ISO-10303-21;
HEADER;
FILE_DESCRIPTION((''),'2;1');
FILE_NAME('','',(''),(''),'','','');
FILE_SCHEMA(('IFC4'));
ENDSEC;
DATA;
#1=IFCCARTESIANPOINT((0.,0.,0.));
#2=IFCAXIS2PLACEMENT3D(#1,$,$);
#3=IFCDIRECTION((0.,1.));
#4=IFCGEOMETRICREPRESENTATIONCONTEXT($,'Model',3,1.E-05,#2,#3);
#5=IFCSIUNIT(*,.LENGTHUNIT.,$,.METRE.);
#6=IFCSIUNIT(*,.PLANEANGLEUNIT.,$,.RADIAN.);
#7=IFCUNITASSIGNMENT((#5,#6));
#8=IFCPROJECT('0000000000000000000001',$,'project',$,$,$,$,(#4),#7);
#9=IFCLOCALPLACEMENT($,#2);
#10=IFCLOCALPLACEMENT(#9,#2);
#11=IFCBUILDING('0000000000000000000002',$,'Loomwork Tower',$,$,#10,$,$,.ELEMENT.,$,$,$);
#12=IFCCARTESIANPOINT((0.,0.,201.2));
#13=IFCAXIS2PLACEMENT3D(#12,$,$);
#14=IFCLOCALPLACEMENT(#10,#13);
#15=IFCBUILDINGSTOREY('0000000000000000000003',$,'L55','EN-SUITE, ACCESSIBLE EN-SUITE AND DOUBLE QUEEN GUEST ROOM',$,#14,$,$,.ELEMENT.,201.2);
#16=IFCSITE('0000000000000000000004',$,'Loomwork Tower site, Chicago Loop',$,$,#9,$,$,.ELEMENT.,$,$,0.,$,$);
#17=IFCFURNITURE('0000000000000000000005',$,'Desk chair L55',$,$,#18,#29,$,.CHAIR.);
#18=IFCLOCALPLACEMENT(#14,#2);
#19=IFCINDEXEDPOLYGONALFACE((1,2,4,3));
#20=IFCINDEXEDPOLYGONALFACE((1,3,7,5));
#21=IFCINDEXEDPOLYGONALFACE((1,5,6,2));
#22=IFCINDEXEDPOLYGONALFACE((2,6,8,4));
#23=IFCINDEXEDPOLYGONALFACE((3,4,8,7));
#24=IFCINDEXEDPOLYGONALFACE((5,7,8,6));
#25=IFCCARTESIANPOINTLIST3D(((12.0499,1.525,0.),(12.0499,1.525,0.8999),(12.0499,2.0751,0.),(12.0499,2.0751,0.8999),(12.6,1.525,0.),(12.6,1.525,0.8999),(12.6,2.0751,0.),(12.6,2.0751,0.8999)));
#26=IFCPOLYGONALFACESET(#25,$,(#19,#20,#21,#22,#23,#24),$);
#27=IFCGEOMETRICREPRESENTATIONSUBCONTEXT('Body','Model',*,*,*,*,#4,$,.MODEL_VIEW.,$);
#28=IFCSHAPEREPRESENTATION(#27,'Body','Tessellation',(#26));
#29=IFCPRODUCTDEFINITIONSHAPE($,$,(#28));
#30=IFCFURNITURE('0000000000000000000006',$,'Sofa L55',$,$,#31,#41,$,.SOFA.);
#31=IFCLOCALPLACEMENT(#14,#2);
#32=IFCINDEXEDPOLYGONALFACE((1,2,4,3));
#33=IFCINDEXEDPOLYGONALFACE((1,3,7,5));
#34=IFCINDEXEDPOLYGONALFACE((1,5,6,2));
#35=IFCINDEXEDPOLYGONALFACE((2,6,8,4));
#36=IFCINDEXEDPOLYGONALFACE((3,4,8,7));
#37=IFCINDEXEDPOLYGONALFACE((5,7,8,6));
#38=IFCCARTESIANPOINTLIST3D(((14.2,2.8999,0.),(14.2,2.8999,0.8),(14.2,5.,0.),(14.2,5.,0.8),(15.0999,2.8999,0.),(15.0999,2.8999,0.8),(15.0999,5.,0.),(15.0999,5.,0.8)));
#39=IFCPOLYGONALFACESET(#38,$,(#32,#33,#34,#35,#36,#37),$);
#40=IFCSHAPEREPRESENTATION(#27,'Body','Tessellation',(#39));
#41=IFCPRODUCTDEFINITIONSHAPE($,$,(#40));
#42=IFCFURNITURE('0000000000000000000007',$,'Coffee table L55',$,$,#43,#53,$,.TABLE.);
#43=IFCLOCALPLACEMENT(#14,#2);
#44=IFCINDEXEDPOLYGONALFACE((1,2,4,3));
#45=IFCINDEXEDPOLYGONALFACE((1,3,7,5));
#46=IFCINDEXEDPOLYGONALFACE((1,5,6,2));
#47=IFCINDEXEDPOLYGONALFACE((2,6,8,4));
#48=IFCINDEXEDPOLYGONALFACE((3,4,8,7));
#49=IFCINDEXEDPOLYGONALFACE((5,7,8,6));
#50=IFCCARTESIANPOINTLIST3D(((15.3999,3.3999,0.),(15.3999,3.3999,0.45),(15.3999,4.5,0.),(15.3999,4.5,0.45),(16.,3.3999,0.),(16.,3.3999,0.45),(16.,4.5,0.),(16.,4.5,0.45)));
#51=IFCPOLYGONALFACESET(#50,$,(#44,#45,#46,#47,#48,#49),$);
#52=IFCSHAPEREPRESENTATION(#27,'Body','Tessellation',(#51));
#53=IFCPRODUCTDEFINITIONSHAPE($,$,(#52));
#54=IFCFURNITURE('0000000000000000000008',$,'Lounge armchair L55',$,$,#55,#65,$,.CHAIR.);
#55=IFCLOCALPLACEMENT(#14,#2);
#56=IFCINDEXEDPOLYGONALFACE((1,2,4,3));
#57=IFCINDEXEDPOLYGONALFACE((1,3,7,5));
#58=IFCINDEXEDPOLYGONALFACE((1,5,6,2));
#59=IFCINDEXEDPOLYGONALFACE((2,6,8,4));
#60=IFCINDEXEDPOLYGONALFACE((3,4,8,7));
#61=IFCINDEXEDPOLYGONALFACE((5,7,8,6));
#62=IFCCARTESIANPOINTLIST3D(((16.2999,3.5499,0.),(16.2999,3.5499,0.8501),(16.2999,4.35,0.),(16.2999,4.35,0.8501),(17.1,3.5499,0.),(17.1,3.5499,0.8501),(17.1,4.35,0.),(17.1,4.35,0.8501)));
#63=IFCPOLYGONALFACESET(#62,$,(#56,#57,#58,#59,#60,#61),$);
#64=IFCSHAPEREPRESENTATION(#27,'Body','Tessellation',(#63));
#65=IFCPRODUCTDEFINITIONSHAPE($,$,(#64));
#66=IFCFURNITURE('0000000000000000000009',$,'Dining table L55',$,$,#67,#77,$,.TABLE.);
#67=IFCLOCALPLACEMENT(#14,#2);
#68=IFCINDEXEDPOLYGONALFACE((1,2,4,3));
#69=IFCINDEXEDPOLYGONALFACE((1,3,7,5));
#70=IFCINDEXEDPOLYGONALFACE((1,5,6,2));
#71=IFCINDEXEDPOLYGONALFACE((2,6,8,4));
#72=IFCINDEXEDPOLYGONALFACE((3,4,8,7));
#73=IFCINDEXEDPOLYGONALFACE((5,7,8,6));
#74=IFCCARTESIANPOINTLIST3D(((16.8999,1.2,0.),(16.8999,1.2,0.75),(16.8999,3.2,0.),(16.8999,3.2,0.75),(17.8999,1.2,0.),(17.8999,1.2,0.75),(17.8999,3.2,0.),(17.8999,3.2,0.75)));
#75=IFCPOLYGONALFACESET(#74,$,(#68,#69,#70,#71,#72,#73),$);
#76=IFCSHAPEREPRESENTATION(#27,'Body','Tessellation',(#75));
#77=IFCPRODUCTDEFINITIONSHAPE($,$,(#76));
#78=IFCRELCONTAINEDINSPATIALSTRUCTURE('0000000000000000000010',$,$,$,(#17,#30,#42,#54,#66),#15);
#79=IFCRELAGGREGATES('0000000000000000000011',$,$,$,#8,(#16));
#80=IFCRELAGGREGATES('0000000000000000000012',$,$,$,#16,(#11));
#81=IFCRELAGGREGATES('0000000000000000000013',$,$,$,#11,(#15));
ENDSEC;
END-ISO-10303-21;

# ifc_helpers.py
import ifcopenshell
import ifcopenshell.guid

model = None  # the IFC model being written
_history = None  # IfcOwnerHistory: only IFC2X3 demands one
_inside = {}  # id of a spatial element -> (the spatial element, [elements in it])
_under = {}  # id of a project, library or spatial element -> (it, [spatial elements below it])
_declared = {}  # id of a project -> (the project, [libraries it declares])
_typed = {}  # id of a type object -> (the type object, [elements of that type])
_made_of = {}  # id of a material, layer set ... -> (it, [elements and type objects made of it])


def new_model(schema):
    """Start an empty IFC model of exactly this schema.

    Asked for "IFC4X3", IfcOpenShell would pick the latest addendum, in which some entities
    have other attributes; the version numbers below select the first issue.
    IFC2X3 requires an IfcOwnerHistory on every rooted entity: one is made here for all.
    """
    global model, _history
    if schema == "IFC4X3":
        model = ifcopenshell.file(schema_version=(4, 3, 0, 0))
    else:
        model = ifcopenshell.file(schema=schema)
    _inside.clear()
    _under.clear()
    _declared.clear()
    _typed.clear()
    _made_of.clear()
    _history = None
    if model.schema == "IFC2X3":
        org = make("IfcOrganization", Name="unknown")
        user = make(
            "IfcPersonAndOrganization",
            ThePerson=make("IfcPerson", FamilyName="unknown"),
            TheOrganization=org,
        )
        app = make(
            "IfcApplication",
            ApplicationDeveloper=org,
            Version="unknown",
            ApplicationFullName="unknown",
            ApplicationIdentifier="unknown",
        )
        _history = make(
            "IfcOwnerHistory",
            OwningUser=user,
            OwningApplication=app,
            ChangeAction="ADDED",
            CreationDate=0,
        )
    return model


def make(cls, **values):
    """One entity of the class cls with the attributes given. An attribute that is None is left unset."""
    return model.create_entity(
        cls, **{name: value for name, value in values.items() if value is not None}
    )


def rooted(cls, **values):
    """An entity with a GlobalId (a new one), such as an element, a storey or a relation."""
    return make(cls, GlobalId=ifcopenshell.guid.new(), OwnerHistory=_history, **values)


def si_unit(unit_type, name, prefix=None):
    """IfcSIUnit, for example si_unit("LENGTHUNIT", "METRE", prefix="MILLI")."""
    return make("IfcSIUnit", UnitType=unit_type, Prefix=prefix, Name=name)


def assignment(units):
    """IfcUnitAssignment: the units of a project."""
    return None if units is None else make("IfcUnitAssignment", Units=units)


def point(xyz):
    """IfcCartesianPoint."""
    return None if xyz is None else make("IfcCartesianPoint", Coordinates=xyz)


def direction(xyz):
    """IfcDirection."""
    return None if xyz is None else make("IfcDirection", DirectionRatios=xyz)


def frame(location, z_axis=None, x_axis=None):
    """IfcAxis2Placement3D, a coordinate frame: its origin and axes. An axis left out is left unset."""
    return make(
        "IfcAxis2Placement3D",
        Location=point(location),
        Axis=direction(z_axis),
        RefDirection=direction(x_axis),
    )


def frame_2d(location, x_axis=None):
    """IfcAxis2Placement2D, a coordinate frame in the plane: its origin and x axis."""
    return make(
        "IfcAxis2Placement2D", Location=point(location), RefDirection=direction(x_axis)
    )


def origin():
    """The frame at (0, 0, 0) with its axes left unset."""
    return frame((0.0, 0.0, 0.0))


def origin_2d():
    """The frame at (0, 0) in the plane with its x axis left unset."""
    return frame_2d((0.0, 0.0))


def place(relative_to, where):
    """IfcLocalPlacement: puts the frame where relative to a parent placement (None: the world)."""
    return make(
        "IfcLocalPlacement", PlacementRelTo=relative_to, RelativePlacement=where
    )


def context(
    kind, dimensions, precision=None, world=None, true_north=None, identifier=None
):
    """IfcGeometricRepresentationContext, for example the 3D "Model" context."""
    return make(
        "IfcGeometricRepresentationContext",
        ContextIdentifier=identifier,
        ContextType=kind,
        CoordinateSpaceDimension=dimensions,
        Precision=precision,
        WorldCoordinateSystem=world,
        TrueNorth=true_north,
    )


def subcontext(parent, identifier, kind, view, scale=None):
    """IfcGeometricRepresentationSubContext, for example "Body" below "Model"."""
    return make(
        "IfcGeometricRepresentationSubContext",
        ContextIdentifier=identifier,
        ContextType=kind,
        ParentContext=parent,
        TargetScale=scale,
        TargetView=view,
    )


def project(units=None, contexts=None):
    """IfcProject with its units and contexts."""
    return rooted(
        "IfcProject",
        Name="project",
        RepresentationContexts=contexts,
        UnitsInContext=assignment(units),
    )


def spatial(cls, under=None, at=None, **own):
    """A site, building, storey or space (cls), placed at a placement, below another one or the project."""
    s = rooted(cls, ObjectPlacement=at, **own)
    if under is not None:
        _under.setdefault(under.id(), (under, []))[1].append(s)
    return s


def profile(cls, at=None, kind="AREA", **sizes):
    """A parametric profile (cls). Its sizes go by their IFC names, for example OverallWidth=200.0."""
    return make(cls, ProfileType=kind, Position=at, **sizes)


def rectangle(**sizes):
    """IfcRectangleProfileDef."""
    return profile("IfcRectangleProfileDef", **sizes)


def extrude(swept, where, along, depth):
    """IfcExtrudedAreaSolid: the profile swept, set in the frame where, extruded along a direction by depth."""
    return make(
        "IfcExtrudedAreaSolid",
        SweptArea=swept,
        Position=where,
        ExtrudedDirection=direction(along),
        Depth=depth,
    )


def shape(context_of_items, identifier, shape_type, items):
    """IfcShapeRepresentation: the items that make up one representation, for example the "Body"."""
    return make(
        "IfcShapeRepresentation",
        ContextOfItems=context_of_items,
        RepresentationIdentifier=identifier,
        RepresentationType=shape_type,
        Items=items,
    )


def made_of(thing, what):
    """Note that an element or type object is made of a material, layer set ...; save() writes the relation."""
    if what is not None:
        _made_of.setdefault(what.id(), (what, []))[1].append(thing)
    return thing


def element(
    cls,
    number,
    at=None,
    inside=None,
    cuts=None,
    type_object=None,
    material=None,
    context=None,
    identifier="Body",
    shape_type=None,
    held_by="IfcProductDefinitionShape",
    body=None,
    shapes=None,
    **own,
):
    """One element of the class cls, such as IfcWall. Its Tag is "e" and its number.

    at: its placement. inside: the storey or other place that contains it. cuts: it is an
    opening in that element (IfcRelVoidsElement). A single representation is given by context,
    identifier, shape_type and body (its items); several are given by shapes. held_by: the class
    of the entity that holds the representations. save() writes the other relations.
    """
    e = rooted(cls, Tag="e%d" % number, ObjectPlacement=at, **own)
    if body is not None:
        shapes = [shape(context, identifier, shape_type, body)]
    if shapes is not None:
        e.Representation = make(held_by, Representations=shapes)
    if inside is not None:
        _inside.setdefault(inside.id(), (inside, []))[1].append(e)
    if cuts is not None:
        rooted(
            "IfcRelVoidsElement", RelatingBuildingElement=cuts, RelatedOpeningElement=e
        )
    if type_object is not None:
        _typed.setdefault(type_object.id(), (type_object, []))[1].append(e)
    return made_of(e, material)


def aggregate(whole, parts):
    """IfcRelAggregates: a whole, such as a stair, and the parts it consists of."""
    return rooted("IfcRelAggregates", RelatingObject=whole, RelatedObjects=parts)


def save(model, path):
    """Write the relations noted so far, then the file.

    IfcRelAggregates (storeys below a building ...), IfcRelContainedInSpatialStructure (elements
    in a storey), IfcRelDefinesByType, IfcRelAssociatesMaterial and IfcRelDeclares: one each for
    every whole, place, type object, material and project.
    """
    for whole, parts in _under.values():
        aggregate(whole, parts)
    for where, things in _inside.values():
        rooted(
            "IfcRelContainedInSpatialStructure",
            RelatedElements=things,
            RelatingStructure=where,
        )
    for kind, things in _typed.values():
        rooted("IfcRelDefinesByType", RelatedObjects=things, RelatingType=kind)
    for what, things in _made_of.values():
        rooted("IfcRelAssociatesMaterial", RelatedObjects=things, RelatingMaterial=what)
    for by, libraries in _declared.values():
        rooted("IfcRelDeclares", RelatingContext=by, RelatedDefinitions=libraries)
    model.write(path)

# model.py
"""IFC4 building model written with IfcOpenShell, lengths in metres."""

from ifc_helpers import new_model, si_unit, direction, frame, origin, origin_2d, place, context, subcontext, project, spatial, rectangle, extrude, element, save


model = new_model("IFC4")

# Units and contexts
model_context = context("Model", 3, precision=1e-05, world=origin(), true_north=direction((0.0, 1.0)))
body_context = subcontext(model_context, "Body", "Model", "MODEL_VIEW")
ifc_project = project(units=[si_unit("LENGTHUNIT", "METRE"), si_unit("PLANEANGLEUNIT", "RADIAN")], contexts=[model_context])

# Site, building, storey
site_placement = place(None, origin())
site = spatial("IfcSite", under=ifc_project, at=site_placement, Name="Loomwork Tower site, Chicago Loop", CompositionType="ELEMENT", RefElevation=0.0)
building_placement = place(site_placement, origin())
building = spatial("IfcBuilding", under=site, at=building_placement, Name="Loomwork Tower", CompositionType="ELEMENT")
storey_placement = place(building_placement, frame((0.0, 0.0, 201.2)))
storey = spatial("IfcBuildingStorey", under=building, at=storey_placement, Name="L55", Description="EN-SUITE, ACCESSIBLE EN-SUITE AND DOUBLE QUEEN GUEST ROOM", CompositionType="ELEMENT", Elevation=201.2)

# Furniture
furniture_1_placement = place(storey_placement, frame((12.325, 1.8, 0.0), z_axis=(0.0, 0.0, 1.0), x_axis=(1.0, 0.0, 0.0)))
element("IfcFurniture", 1, at=furniture_1_placement, inside=storey, Name="Desk chair L55", PredefinedType="CHAIR", context=body_context, shape_type="SweptSolid", body=[
    extrude(rectangle(XDim=0.55, YDim=0.55, at=origin_2d()), origin(), (0.0, 0.0, 1.0), 0.8999),
])
furniture_2_placement = place(storey_placement, frame((14.6499, 3.95, 0.0), z_axis=(0.0, 0.0, 1.0), x_axis=(1.0, 0.0, 0.0)))
element("IfcFurniture", 2, at=furniture_2_placement, inside=storey, Name="Sofa L55", PredefinedType="SOFA", context=body_context, shape_type="SweptSolid", body=[
    extrude(rectangle(XDim=0.8999, YDim=2.1001, at=origin_2d()), origin(), (0.0, 0.0, 1.0), 0.8),
])
furniture_3_placement = place(storey_placement, frame((15.7, 3.95, 0.0), z_axis=(0.0, 0.0, 1.0), x_axis=(1.0, 0.0, 0.0)))
element("IfcFurniture", 3, at=furniture_3_placement, inside=storey, Name="Coffee table L55", PredefinedType="TABLE", context=body_context, shape_type="SweptSolid", body=[
    extrude(rectangle(XDim=0.6001, YDim=1.1001, at=origin_2d()), origin(), (0.0, 0.0, 1.0), 0.45),
])
furniture_4_placement = place(storey_placement, frame((16.7, 3.95, 0.0), z_axis=(0.0, 0.0, 1.0), x_axis=(1.0, 0.0, 0.0)))
element("IfcFurniture", 4, at=furniture_4_placement, inside=storey, Name="Lounge armchair L55", PredefinedType="CHAIR", context=body_context, shape_type="SweptSolid", body=[
    extrude(rectangle(XDim=0.8, YDim=0.8, at=origin_2d()), origin(), (0.0, 0.0, 1.0), 0.8501),
])
furniture_5_placement = place(storey_placement, frame((17.3999, 2.2, 0.0), z_axis=(0.0, 0.0, 1.0), x_axis=(1.0, 0.0, 0.0)))
element("IfcFurniture", 5, at=furniture_5_placement, inside=storey, Name="Dining table L55", PredefinedType="TABLE", context=body_context, shape_type="SweptSolid", body=[
    extrude(rectangle(XDim=1.0, YDim=2.0, at=origin_2d()), origin(), (0.0, 0.0, 1.0), 0.75),
])

save(model, "model.ifc")
